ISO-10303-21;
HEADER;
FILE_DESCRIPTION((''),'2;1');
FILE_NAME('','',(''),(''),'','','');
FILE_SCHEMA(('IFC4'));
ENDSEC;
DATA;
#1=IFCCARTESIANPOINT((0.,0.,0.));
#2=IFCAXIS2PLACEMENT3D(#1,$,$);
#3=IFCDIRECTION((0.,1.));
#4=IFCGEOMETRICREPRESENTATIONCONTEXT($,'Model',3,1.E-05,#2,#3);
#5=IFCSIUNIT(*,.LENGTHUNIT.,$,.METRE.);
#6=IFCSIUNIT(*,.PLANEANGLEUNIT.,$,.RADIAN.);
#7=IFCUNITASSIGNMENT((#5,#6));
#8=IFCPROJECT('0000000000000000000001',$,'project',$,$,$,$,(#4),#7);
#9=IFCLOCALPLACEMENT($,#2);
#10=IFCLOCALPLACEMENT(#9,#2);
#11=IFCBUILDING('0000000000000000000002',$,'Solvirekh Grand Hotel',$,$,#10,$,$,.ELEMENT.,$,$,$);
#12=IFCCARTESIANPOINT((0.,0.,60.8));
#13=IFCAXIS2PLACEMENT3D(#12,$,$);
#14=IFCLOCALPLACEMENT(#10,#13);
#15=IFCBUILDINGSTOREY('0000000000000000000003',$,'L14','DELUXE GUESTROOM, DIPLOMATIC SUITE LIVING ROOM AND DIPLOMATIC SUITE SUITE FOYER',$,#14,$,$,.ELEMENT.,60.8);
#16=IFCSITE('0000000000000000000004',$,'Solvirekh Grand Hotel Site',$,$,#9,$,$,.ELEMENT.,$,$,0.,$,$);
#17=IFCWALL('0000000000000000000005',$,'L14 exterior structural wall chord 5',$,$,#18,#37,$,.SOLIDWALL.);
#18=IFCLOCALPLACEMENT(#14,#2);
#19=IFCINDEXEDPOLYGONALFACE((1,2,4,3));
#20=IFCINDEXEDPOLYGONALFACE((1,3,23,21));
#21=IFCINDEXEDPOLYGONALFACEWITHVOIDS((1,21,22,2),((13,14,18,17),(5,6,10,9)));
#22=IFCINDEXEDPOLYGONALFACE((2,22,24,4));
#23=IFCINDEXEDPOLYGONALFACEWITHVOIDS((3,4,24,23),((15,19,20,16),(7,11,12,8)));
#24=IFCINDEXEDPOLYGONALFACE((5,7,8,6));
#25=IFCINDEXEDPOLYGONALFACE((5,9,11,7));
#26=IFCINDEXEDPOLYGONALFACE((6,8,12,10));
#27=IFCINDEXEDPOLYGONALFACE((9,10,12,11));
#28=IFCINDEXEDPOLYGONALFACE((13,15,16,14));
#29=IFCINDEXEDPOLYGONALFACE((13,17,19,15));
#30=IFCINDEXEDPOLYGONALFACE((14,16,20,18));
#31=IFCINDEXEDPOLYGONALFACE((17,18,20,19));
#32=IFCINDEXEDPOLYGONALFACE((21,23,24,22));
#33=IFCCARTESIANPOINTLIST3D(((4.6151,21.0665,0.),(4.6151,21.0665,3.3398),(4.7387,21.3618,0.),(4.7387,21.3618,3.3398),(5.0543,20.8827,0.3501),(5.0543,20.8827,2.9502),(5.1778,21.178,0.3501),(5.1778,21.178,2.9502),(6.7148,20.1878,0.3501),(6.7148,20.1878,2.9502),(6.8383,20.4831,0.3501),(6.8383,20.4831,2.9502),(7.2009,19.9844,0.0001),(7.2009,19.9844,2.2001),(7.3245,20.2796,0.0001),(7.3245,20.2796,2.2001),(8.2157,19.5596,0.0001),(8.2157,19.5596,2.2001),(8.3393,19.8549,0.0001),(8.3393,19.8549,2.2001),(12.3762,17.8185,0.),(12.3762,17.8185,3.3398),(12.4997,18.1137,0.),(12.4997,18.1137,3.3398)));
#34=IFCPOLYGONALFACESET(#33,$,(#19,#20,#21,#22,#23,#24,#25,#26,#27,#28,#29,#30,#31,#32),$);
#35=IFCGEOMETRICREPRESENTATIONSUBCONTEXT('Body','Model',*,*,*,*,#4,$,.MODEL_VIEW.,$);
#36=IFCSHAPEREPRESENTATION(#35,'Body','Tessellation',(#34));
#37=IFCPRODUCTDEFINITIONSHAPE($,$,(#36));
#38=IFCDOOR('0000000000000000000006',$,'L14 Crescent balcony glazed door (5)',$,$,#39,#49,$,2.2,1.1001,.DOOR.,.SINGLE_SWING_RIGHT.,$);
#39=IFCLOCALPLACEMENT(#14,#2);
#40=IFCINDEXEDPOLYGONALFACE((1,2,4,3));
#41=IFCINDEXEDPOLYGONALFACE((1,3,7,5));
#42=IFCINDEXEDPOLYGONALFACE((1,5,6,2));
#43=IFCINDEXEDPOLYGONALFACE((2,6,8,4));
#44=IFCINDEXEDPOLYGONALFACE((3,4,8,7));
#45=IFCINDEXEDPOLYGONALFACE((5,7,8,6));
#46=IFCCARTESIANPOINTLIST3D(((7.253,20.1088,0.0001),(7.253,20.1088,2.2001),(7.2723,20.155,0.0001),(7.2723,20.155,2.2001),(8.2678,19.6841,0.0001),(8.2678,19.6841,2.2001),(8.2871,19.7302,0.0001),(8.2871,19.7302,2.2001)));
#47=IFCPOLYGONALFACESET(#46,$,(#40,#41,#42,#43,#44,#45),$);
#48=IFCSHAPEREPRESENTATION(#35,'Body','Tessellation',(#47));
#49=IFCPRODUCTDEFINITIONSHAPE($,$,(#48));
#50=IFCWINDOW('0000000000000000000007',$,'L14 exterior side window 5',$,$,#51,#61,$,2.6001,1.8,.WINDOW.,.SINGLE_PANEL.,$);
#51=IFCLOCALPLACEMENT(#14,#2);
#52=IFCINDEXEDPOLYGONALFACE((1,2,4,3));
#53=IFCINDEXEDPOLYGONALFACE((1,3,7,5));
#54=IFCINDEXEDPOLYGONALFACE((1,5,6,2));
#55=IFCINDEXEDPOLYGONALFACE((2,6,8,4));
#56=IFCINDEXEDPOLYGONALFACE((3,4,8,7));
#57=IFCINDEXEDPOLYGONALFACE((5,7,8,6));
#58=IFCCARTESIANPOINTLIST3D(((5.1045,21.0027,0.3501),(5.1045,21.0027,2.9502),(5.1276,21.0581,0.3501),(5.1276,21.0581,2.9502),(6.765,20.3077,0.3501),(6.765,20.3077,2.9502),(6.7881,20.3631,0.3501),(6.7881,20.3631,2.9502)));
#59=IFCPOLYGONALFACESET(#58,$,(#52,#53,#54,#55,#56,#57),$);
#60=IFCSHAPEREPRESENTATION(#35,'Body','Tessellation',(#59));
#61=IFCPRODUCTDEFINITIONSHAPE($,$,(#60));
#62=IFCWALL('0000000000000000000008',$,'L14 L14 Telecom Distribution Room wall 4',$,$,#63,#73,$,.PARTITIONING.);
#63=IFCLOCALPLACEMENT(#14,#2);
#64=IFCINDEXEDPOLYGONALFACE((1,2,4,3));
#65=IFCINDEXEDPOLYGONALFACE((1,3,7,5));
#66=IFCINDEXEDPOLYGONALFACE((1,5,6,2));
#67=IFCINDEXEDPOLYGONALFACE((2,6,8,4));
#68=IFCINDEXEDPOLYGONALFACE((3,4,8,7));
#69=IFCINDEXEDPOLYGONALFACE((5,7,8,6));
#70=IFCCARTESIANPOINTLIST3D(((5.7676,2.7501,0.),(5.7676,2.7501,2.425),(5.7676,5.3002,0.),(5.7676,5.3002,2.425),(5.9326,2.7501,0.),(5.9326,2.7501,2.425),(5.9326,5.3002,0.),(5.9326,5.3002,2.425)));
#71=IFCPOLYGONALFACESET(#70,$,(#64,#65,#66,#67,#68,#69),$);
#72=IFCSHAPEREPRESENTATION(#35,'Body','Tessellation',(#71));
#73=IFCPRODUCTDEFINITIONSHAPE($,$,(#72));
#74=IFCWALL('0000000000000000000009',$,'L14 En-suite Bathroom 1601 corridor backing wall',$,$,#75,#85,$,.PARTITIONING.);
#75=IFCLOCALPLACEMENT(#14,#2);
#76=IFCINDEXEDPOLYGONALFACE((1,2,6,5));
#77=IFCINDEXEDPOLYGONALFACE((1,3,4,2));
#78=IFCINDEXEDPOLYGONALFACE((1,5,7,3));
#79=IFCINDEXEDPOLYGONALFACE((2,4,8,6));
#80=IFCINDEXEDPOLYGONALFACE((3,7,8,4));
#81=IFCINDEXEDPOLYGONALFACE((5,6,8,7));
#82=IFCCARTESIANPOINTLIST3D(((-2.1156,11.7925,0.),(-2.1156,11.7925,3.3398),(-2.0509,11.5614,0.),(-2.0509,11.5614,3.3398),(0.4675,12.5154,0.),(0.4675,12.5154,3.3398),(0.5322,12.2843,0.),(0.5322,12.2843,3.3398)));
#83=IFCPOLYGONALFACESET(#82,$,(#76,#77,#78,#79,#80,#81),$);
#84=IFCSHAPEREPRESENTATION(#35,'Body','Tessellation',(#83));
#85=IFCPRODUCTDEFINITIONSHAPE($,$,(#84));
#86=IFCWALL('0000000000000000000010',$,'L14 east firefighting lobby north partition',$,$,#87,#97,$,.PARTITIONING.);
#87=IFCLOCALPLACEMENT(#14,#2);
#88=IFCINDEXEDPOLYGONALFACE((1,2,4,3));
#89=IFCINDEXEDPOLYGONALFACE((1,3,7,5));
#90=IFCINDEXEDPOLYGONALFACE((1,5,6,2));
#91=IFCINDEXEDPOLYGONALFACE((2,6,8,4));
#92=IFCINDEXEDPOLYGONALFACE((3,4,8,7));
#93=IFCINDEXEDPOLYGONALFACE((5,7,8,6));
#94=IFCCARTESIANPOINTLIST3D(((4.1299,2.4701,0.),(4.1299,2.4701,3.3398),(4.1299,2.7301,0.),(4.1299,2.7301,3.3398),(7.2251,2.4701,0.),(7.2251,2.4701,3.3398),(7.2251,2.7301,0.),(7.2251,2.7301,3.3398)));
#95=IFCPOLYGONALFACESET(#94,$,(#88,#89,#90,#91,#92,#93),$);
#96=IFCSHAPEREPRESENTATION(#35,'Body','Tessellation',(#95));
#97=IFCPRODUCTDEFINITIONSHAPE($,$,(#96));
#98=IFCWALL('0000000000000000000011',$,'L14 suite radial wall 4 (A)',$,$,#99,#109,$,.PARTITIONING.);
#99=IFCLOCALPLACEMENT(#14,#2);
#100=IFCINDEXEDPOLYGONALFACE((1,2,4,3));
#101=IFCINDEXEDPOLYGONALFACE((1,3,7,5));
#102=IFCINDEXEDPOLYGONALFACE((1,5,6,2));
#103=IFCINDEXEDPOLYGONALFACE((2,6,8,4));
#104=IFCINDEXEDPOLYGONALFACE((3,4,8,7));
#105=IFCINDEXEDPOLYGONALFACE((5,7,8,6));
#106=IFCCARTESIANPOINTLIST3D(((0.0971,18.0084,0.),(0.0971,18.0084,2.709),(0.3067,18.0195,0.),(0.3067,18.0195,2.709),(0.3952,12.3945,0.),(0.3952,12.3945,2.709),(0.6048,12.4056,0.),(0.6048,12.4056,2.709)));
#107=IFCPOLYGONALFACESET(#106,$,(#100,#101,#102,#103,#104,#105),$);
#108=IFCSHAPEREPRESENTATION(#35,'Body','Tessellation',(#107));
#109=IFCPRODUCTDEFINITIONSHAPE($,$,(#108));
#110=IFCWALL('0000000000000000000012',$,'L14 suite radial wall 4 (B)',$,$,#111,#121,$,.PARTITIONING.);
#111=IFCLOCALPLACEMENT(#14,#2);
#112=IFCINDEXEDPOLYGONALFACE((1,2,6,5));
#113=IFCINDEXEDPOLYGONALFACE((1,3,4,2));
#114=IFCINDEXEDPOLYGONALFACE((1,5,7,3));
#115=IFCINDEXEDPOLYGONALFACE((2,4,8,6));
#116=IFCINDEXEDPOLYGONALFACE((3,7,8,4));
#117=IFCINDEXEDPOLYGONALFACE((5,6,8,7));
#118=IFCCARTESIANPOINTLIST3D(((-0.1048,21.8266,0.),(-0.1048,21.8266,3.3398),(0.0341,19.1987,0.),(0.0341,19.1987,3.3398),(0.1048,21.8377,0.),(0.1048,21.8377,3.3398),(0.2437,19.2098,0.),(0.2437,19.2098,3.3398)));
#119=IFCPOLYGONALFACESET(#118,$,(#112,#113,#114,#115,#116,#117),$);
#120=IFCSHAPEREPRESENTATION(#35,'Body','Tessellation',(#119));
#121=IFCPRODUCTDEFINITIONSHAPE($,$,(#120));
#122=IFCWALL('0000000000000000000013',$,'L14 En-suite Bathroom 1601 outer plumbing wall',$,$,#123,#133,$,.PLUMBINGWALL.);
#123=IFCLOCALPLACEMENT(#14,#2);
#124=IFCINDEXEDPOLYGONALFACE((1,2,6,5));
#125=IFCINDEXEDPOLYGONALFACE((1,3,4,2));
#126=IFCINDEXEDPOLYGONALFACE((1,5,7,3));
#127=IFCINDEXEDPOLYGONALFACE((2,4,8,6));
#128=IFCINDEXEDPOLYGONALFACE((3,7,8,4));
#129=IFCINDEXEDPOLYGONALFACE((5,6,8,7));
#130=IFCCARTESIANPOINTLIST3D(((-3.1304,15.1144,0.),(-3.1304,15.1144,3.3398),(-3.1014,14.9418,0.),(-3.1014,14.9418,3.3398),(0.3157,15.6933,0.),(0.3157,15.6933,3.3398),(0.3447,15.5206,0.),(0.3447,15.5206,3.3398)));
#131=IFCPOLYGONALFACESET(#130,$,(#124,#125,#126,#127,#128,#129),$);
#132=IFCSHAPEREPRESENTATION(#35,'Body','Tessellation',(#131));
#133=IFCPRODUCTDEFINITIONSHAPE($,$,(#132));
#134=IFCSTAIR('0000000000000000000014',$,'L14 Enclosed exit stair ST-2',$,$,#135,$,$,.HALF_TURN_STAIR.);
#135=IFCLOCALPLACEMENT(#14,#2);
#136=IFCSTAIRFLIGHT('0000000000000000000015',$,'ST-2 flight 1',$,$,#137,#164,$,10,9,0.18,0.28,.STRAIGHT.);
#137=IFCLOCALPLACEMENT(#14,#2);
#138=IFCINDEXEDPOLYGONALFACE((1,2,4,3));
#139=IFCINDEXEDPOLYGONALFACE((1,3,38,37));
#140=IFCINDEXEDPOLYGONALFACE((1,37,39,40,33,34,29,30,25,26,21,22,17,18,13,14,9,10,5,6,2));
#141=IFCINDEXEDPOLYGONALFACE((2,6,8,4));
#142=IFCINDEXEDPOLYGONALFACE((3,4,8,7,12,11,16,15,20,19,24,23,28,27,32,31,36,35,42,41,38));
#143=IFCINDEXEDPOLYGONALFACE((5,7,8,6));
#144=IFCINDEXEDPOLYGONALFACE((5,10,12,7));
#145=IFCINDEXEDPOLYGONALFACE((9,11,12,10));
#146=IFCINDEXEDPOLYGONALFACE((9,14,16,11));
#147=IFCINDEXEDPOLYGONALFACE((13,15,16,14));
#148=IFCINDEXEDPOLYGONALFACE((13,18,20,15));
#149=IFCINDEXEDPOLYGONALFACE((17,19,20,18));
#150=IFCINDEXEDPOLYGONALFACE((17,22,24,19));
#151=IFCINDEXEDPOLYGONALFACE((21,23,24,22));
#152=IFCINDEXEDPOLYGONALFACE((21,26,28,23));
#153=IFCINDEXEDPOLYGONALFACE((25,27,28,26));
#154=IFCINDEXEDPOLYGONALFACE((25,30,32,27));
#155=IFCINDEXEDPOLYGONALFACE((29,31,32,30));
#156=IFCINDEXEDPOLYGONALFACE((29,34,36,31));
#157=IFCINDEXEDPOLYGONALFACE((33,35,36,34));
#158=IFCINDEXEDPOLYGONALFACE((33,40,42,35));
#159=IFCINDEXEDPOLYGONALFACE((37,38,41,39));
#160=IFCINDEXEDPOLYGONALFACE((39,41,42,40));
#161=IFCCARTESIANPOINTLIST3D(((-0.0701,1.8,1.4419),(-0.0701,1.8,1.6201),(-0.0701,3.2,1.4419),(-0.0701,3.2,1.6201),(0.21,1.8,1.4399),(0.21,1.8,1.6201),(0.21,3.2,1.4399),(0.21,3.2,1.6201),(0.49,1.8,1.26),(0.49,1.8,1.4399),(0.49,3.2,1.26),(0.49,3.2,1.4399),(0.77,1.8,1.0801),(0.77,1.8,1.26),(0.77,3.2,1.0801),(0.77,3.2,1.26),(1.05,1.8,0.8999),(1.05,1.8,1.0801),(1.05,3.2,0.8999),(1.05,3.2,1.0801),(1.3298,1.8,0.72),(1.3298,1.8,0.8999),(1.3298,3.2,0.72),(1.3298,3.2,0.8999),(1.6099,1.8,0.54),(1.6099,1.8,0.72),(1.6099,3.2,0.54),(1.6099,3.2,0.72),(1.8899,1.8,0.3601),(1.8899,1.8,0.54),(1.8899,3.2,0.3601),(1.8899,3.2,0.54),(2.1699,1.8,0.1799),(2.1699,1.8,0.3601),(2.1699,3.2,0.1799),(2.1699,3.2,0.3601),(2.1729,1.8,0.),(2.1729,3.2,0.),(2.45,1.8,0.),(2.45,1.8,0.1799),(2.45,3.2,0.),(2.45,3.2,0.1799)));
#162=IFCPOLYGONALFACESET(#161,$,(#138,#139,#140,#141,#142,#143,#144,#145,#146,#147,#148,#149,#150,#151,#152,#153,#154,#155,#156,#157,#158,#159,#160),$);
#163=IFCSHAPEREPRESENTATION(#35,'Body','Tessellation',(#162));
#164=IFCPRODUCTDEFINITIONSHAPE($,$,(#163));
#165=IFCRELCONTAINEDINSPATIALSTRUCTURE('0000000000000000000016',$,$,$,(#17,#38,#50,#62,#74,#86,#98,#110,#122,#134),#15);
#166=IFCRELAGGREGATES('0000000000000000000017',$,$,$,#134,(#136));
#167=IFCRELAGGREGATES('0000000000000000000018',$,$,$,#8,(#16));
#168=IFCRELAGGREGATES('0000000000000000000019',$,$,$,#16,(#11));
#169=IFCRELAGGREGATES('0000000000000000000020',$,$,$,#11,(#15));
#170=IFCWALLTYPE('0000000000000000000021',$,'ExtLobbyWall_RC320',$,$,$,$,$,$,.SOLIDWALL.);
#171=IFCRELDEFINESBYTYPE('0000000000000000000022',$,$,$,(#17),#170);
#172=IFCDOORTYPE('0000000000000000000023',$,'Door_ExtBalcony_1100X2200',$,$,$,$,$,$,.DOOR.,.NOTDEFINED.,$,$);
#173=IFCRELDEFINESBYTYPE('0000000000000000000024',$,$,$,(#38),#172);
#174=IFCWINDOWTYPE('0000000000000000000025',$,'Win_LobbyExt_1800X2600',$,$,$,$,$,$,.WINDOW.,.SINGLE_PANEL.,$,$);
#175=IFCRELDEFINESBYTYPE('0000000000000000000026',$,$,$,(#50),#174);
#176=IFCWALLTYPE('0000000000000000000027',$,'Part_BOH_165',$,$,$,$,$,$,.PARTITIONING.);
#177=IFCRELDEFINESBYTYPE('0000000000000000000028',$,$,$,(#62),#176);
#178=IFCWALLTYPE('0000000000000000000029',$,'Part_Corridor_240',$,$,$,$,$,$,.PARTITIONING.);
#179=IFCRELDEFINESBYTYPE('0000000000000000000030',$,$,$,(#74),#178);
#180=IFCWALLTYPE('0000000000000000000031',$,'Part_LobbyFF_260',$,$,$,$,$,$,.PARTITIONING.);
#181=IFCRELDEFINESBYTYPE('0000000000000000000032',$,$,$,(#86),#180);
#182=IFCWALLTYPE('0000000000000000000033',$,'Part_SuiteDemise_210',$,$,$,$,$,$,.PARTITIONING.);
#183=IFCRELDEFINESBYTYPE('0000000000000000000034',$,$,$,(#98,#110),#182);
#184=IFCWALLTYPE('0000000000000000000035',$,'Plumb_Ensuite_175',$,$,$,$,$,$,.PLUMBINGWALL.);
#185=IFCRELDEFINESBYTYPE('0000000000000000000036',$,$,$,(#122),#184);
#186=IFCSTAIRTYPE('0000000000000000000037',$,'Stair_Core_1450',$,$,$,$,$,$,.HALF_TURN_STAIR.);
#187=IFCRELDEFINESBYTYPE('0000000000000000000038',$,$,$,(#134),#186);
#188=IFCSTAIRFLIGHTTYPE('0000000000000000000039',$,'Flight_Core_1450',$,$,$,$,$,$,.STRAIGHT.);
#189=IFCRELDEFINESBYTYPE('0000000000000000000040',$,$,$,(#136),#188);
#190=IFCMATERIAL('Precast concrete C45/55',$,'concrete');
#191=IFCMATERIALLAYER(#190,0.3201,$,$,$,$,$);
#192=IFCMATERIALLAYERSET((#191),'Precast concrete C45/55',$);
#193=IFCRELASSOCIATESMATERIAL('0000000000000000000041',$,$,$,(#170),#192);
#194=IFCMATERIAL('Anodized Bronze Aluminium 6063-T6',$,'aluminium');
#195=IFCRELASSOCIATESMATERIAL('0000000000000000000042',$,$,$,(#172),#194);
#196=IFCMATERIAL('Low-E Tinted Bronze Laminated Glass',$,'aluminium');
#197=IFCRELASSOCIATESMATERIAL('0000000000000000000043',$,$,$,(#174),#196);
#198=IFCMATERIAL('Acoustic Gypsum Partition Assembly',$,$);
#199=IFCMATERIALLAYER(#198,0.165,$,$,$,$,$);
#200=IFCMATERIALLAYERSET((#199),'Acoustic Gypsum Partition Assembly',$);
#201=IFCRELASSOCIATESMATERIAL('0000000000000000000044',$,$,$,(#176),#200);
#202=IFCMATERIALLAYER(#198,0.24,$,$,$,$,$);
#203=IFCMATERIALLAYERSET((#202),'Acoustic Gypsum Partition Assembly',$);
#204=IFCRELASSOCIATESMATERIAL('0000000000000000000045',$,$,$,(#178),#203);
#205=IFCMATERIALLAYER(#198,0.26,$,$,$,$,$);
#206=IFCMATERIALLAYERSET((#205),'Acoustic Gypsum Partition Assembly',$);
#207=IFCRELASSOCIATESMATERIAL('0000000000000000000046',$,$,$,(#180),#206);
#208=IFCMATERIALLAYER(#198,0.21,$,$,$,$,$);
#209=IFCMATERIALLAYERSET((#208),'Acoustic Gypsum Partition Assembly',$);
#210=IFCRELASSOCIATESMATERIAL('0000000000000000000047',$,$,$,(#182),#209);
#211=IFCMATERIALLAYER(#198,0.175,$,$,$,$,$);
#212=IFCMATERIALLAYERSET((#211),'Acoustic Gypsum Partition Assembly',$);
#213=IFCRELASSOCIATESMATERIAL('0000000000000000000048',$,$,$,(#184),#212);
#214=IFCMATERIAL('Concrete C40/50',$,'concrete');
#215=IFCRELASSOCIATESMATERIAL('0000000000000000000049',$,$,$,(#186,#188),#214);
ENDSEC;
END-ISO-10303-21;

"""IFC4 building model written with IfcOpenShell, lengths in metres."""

from ifc_helpers import new_model, si_unit, direction, frame, frame_2d, origin, place, context, subcontext, project, spatial, polyline, rectangle, outline, extrude, material, layer, layer_set, type_object, element, fill, aggregate, save


model = new_model("IFC4")

# Units and contexts
model_context = context("Model", 3, precision=1e-05, world=origin(), true_north=direction((0.0, 1.0)))
body_context = subcontext(model_context, "Body", "Model", "MODEL_VIEW")
ifc_project = project(units=[si_unit("LENGTHUNIT", "METRE"), si_unit("PLANEANGLEUNIT", "RADIAN")], contexts=[model_context])

# Site, building, storey
site_placement = place(None, origin())
site = spatial("IfcSite", under=ifc_project, at=site_placement, Name="Solvirekh Grand Hotel Site", CompositionType="ELEMENT", RefElevation=0.0)
building_placement = place(site_placement, origin())
building = spatial("IfcBuilding", under=site, at=building_placement, Name="Solvirekh Grand Hotel", CompositionType="ELEMENT")
storey_placement = place(building_placement, frame((0.0, 0.0, 60.8)))
storey = spatial("IfcBuildingStorey", under=building, at=storey_placement, Name="L14", Description="DELUXE GUESTROOM, DIPLOMATIC SUITE LIVING ROOM AND DIPLOMATIC SUITE SUITE FOYER", CompositionType="ELEMENT", Elevation=60.8)

# Shared definitions
ifc_material_1 = material(Name="Concrete C40/50", Category="concrete")

# Wall, openings, door, window
ifc_material_2 = material(Name="Precast concrete C45/55", Category="concrete")
ifc_layer_1 = layer(ifc_material_2, 0.3201)
ifc_layer_set_1 = layer_set([ifc_layer_1], Name="Precast concrete C45/55")
wall_type_1 = type_object("IfcWallType", Name="ExtLobbyWall_RC320", PredefinedType="SOLIDWALL", material=ifc_layer_set_1)
wall_1_placement = place(storey_placement, frame((4.677, 21.2141, 0.0), z_axis=(0.0, 0.0, 1.0), x_axis=(0.922472, -0.386063, 0.0)))
wall_1 = element("IfcWall", 1, at=wall_1_placement, inside=storey, type_object=wall_type_1, Name="L14 exterior structural wall chord 5", PredefinedType="SOLIDWALL", context=body_context, shape_type="SweptSolid", body=[
    extrude(rectangle(XDim=8.4133, YDim=0.3201, at=frame_2d((4.2065, 0.0))), origin(), (0.0, 0.0, 1.0), 3.3398),
])
opening_1_placement = place(wall_1_placement, frame((0.4761, 0.0, 0.3501)))
opening_1 = element("IfcOpeningElement", 2, at=opening_1_placement, cuts=wall_1, PredefinedType="OPENING", context=body_context, shape_type="SweptSolid", body=[
    extrude(rectangle(XDim=1.8, YDim=2.6001, at=frame_2d((0.8999, 1.3))), frame((0.0, 0.1699, 0.0), z_axis=(0.0, -1.0, 0.0), x_axis=(1.0, 0.0, 0.0)), (0.0, 0.0, 1.0), 0.3401),
])
opening_2_placement = place(wall_1_placement, frame((2.803, 0.0, 0.0)))
opening_2 = element("IfcOpeningElement", 3, at=opening_2_placement, cuts=wall_1, PredefinedType="OPENING", context=body_context, shape_type="SweptSolid", body=[
    extrude(rectangle(XDim=1.1001, YDim=2.2, at=frame_2d((0.55, 1.1001))), frame((0.0, 0.1699, 0.0), z_axis=(0.0, -1.0, 0.0), x_axis=(1.0, 0.0, 0.0)), (0.0, 0.0, 1.0), 0.3401),
])
ifc_material_3 = material(Name="Anodized Bronze Aluminium 6063-T6", Category="aluminium")
door_type = type_object("IfcDoorType", Name="Door_ExtBalcony_1100X2200", OperationType="NOTDEFINED", PredefinedType="DOOR", material=ifc_material_3)
door_placement = place(opening_2_placement, origin())
door = element("IfcDoor", 4, at=door_placement, inside=storey, type_object=door_type, Name="L14 Crescent balcony glazed door (5)", OperationType="SINGLE_SWING_RIGHT", OverallHeight=2.2, OverallWidth=1.1001, PredefinedType="DOOR", context=body_context, shape_type="SweptSolid", body=[
    extrude(rectangle(XDim=1.1001, YDim=2.2, at=frame_2d((0.55, 1.1001))), frame((0.0, 0.0249, 0.0), z_axis=(0.0, -1.0, 0.0), x_axis=(1.0, 0.0, 0.0)), (0.0, 0.0, 1.0), 0.05),
])
fill(opening_2, door)
ifc_material_4 = material(Name="Low-E Tinted Bronze Laminated Glass", Category="aluminium")
window_type = type_object("IfcWindowType", Name="Win_LobbyExt_1800X2600", PartitioningType="SINGLE_PANEL", PredefinedType="WINDOW", material=ifc_material_4)
window_placement = place(opening_1_placement, origin())
window = element("IfcWindow", 5, at=window_placement, inside=storey, type_object=window_type, Name="L14 exterior side window 5", OverallHeight=2.6001, OverallWidth=1.8, PartitioningType="SINGLE_PANEL", PredefinedType="WINDOW", context=body_context, shape_type="SweptSolid", body=[
    extrude(rectangle(XDim=1.8, YDim=2.6001, at=frame_2d((0.8999, 1.3))), frame((0.0, 0.03, 0.0), z_axis=(0.0, -1.0, 0.0), x_axis=(1.0, 0.0, 0.0)), (0.0, 0.0, 1.0), 0.0601),
])
fill(opening_1, window)

# Walls
ifc_material_5 = material(Name="Acoustic Gypsum Partition Assembly")
ifc_layer_2 = layer(ifc_material_5, 0.165)
ifc_layer_set_2 = layer_set([ifc_layer_2], Name="Acoustic Gypsum Partition Assembly")
wall_type_2 = type_object("IfcWallType", Name="Part_BOH_165", PredefinedType="PARTITIONING", material=ifc_layer_set_2)
wall_2_placement = place(storey_placement, frame((5.8501, 5.3, 0.0), z_axis=(0.0, 0.0, 1.0), x_axis=(0.0, -1.0, 0.0)))
element("IfcWall", 6, at=wall_2_placement, inside=storey, type_object=wall_type_2, Name="L14 L14 Telecom Distribution Room wall 4", PredefinedType="PARTITIONING", context=body_context, shape_type="SweptSolid", body=[
    extrude(rectangle(XDim=2.55, YDim=0.165, at=frame_2d((1.2749, 0.0))), origin(), (0.0, 0.0, 1.0), 2.425),
])
ifc_layer_3 = layer(ifc_material_5, 0.24)
ifc_layer_set_3 = layer_set([ifc_layer_3], Name="Acoustic Gypsum Partition Assembly")
wall_type_3 = type_object("IfcWallType", Name="Part_Corridor_240", PredefinedType="PARTITIONING", material=ifc_layer_set_3)
wall_3_placement = place(storey_placement, frame((0.5, 12.3999, 0.0), z_axis=(0.0, 0.0, 1.0), x_axis=(-0.962997, -0.269512, 0.0)))
element("IfcWall", 7, at=wall_3_placement, inside=storey, type_object=wall_type_3, Name="L14 En-suite Bathroom 1601 corridor backing wall", PredefinedType="PARTITIONING", context=body_context, shape_type="SweptSolid", body=[
    extrude(rectangle(XDim=2.6824, YDim=0.24, at=frame_2d((1.3413, 0.0))), origin(), (0.0, 0.0, 1.0), 3.3398),
])
ifc_layer_4 = layer(ifc_material_5, 0.26)
ifc_layer_set_4 = layer_set([ifc_layer_4], Name="Acoustic Gypsum Partition Assembly")
wall_type_4 = type_object("IfcWallType", Name="Part_LobbyFF_260", PredefinedType="PARTITIONING", material=ifc_layer_set_4)
wall_4_placement = place(storey_placement, frame((4.1299, 2.6001, 0.0), z_axis=(0.0, 0.0, 1.0), x_axis=(1.0, 0.0, 0.0)))
element("IfcWall", 8, at=wall_4_placement, inside=storey, type_object=wall_type_4, Name="L14 east firefighting lobby north partition", PredefinedType="PARTITIONING", context=body_context, shape_type="SweptSolid", body=[
    extrude(rectangle(XDim=3.0952, YDim=0.26, at=frame_2d((1.5476, 0.0))), origin(), (0.0, 0.0, 1.0), 3.3398),
])
ifc_layer_5 = layer(ifc_material_5, 0.21)
ifc_layer_set_5 = layer_set([ifc_layer_5], Name="Acoustic Gypsum Partition Assembly")
wall_type_5 = type_object("IfcWallType", Name="Part_SuiteDemise_210", PredefinedType="PARTITIONING", material=ifc_layer_set_5)
wall_5_placement = place(storey_placement, frame((0.5, 12.3999, 0.0), z_axis=(0.0, 0.0, 1.0), x_axis=(-0.053024, 0.998593, 0.0)))
element("IfcWall", 9, at=wall_5_placement, inside=storey, type_object=wall_type_5, Name="L14 suite radial wall 4 (A)", PredefinedType="PARTITIONING", context=body_context, shape_type="SweptSolid", body=[
    extrude(rectangle(XDim=5.6218, YDim=0.21, at=frame_2d((2.811, 0.0))), origin(), (0.0, 0.0, 1.0), 2.709),
])
wall_6_placement = place(storey_placement, frame((0.1389, 19.2041, 0.0), z_axis=(0.0, 0.0, 1.0), x_axis=(-0.052788, 0.998606, 0.0)))
element("IfcWall", 10, at=wall_6_placement, inside=storey, type_object=wall_type_5, Name="L14 suite radial wall 4 (B)", PredefinedType="PARTITIONING", context=body_context, shape_type="SweptSolid", body=[
    extrude(rectangle(XDim=2.6316, YDim=0.21, at=frame_2d((1.3159, 0.0))), origin(), (0.0, 0.0, 1.0), 3.3398),
])
ifc_layer_6 = layer(ifc_material_5, 0.175)
ifc_layer_set_6 = layer_set([ifc_layer_6], Name="Acoustic Gypsum Partition Assembly")
wall_type_6 = type_object("IfcWallType", Name="Plumb_Ensuite_175", PredefinedType="PLUMBINGWALL", material=ifc_layer_set_6)
wall_7_placement = place(storey_placement, frame((0.3301, 15.6069, 0.0), z_axis=(0.0, 0.0, 1.0), x_axis=(-0.986184, -0.165656, 0.0)))
element("IfcWall", 11, at=wall_7_placement, inside=storey, type_object=wall_type_6, Name="L14 En-suite Bathroom 1601 outer plumbing wall", PredefinedType="PLUMBINGWALL", context=body_context, shape_type="SweptSolid", body=[
    extrude(rectangle(XDim=3.4944, YDim=0.175, at=frame_2d((1.7471, 0.0))), origin(), (0.0, 0.0, 1.0), 3.3398),
])

# Stair, stair flight
stair_type = type_object("IfcStairType", Name="Stair_Core_1450", PredefinedType="HALF_TURN_STAIR", material=ifc_material_1)
stair_placement = place(storey_placement, origin())
stair = element("IfcStair", 12, at=stair_placement, inside=storey, type_object=stair_type, Name="L14 Enclosed exit stair ST-2", PredefinedType="HALF_TURN_STAIR")
stair_flight_type = type_object("IfcStairFlightType", Name="Flight_Core_1450", PredefinedType="STRAIGHT", material=ifc_material_1)
stair_flight_placement = place(storey_placement, frame((2.45, 2.5, 0.0), z_axis=(0.0, 0.0, 1.0), x_axis=(-1.0, 0.0, 0.0)))
stair_flight = element("IfcStairFlight", 13, at=stair_flight_placement, type_object=stair_flight_type, Name="ST-2 flight 1", NumberOfRisers=10, NumberOfTreads=9, PredefinedType="STRAIGHT", RiserHeight=0.18, TreadLength=0.28, context=body_context, shape_type="SweptSolid", body=[
    extrude(outline(polyline([(0.0, 0.0), (0.0, 0.1799), (0.28, 0.1799), (0.28, 0.3601), (0.5601, 0.3601), (0.5601, 0.54), (0.8401, 0.54), (0.8401, 0.72), (1.1201, 0.72), (1.1201, 0.8999), (1.3999, 0.8999), (1.3999, 1.0801), (1.6799, 1.0801), (1.6799, 1.26), (1.96, 1.26), (1.96, 1.4399), (2.24, 1.4399), (2.24, 1.6201), (2.52, 1.6201), (2.52, 1.8), (2.52, 1.4419), (0.2771, 0.0), (0.0, 0.0)])), frame((0.0, 0.7, 0.0), z_axis=(0.0, -1.0, 0.0), x_axis=(1.0, 0.0, 0.0)), (0.0, 0.0, 1.0), 1.3999),
])
aggregate(stair, [stair_flight])

save(model, "model.ifc")
